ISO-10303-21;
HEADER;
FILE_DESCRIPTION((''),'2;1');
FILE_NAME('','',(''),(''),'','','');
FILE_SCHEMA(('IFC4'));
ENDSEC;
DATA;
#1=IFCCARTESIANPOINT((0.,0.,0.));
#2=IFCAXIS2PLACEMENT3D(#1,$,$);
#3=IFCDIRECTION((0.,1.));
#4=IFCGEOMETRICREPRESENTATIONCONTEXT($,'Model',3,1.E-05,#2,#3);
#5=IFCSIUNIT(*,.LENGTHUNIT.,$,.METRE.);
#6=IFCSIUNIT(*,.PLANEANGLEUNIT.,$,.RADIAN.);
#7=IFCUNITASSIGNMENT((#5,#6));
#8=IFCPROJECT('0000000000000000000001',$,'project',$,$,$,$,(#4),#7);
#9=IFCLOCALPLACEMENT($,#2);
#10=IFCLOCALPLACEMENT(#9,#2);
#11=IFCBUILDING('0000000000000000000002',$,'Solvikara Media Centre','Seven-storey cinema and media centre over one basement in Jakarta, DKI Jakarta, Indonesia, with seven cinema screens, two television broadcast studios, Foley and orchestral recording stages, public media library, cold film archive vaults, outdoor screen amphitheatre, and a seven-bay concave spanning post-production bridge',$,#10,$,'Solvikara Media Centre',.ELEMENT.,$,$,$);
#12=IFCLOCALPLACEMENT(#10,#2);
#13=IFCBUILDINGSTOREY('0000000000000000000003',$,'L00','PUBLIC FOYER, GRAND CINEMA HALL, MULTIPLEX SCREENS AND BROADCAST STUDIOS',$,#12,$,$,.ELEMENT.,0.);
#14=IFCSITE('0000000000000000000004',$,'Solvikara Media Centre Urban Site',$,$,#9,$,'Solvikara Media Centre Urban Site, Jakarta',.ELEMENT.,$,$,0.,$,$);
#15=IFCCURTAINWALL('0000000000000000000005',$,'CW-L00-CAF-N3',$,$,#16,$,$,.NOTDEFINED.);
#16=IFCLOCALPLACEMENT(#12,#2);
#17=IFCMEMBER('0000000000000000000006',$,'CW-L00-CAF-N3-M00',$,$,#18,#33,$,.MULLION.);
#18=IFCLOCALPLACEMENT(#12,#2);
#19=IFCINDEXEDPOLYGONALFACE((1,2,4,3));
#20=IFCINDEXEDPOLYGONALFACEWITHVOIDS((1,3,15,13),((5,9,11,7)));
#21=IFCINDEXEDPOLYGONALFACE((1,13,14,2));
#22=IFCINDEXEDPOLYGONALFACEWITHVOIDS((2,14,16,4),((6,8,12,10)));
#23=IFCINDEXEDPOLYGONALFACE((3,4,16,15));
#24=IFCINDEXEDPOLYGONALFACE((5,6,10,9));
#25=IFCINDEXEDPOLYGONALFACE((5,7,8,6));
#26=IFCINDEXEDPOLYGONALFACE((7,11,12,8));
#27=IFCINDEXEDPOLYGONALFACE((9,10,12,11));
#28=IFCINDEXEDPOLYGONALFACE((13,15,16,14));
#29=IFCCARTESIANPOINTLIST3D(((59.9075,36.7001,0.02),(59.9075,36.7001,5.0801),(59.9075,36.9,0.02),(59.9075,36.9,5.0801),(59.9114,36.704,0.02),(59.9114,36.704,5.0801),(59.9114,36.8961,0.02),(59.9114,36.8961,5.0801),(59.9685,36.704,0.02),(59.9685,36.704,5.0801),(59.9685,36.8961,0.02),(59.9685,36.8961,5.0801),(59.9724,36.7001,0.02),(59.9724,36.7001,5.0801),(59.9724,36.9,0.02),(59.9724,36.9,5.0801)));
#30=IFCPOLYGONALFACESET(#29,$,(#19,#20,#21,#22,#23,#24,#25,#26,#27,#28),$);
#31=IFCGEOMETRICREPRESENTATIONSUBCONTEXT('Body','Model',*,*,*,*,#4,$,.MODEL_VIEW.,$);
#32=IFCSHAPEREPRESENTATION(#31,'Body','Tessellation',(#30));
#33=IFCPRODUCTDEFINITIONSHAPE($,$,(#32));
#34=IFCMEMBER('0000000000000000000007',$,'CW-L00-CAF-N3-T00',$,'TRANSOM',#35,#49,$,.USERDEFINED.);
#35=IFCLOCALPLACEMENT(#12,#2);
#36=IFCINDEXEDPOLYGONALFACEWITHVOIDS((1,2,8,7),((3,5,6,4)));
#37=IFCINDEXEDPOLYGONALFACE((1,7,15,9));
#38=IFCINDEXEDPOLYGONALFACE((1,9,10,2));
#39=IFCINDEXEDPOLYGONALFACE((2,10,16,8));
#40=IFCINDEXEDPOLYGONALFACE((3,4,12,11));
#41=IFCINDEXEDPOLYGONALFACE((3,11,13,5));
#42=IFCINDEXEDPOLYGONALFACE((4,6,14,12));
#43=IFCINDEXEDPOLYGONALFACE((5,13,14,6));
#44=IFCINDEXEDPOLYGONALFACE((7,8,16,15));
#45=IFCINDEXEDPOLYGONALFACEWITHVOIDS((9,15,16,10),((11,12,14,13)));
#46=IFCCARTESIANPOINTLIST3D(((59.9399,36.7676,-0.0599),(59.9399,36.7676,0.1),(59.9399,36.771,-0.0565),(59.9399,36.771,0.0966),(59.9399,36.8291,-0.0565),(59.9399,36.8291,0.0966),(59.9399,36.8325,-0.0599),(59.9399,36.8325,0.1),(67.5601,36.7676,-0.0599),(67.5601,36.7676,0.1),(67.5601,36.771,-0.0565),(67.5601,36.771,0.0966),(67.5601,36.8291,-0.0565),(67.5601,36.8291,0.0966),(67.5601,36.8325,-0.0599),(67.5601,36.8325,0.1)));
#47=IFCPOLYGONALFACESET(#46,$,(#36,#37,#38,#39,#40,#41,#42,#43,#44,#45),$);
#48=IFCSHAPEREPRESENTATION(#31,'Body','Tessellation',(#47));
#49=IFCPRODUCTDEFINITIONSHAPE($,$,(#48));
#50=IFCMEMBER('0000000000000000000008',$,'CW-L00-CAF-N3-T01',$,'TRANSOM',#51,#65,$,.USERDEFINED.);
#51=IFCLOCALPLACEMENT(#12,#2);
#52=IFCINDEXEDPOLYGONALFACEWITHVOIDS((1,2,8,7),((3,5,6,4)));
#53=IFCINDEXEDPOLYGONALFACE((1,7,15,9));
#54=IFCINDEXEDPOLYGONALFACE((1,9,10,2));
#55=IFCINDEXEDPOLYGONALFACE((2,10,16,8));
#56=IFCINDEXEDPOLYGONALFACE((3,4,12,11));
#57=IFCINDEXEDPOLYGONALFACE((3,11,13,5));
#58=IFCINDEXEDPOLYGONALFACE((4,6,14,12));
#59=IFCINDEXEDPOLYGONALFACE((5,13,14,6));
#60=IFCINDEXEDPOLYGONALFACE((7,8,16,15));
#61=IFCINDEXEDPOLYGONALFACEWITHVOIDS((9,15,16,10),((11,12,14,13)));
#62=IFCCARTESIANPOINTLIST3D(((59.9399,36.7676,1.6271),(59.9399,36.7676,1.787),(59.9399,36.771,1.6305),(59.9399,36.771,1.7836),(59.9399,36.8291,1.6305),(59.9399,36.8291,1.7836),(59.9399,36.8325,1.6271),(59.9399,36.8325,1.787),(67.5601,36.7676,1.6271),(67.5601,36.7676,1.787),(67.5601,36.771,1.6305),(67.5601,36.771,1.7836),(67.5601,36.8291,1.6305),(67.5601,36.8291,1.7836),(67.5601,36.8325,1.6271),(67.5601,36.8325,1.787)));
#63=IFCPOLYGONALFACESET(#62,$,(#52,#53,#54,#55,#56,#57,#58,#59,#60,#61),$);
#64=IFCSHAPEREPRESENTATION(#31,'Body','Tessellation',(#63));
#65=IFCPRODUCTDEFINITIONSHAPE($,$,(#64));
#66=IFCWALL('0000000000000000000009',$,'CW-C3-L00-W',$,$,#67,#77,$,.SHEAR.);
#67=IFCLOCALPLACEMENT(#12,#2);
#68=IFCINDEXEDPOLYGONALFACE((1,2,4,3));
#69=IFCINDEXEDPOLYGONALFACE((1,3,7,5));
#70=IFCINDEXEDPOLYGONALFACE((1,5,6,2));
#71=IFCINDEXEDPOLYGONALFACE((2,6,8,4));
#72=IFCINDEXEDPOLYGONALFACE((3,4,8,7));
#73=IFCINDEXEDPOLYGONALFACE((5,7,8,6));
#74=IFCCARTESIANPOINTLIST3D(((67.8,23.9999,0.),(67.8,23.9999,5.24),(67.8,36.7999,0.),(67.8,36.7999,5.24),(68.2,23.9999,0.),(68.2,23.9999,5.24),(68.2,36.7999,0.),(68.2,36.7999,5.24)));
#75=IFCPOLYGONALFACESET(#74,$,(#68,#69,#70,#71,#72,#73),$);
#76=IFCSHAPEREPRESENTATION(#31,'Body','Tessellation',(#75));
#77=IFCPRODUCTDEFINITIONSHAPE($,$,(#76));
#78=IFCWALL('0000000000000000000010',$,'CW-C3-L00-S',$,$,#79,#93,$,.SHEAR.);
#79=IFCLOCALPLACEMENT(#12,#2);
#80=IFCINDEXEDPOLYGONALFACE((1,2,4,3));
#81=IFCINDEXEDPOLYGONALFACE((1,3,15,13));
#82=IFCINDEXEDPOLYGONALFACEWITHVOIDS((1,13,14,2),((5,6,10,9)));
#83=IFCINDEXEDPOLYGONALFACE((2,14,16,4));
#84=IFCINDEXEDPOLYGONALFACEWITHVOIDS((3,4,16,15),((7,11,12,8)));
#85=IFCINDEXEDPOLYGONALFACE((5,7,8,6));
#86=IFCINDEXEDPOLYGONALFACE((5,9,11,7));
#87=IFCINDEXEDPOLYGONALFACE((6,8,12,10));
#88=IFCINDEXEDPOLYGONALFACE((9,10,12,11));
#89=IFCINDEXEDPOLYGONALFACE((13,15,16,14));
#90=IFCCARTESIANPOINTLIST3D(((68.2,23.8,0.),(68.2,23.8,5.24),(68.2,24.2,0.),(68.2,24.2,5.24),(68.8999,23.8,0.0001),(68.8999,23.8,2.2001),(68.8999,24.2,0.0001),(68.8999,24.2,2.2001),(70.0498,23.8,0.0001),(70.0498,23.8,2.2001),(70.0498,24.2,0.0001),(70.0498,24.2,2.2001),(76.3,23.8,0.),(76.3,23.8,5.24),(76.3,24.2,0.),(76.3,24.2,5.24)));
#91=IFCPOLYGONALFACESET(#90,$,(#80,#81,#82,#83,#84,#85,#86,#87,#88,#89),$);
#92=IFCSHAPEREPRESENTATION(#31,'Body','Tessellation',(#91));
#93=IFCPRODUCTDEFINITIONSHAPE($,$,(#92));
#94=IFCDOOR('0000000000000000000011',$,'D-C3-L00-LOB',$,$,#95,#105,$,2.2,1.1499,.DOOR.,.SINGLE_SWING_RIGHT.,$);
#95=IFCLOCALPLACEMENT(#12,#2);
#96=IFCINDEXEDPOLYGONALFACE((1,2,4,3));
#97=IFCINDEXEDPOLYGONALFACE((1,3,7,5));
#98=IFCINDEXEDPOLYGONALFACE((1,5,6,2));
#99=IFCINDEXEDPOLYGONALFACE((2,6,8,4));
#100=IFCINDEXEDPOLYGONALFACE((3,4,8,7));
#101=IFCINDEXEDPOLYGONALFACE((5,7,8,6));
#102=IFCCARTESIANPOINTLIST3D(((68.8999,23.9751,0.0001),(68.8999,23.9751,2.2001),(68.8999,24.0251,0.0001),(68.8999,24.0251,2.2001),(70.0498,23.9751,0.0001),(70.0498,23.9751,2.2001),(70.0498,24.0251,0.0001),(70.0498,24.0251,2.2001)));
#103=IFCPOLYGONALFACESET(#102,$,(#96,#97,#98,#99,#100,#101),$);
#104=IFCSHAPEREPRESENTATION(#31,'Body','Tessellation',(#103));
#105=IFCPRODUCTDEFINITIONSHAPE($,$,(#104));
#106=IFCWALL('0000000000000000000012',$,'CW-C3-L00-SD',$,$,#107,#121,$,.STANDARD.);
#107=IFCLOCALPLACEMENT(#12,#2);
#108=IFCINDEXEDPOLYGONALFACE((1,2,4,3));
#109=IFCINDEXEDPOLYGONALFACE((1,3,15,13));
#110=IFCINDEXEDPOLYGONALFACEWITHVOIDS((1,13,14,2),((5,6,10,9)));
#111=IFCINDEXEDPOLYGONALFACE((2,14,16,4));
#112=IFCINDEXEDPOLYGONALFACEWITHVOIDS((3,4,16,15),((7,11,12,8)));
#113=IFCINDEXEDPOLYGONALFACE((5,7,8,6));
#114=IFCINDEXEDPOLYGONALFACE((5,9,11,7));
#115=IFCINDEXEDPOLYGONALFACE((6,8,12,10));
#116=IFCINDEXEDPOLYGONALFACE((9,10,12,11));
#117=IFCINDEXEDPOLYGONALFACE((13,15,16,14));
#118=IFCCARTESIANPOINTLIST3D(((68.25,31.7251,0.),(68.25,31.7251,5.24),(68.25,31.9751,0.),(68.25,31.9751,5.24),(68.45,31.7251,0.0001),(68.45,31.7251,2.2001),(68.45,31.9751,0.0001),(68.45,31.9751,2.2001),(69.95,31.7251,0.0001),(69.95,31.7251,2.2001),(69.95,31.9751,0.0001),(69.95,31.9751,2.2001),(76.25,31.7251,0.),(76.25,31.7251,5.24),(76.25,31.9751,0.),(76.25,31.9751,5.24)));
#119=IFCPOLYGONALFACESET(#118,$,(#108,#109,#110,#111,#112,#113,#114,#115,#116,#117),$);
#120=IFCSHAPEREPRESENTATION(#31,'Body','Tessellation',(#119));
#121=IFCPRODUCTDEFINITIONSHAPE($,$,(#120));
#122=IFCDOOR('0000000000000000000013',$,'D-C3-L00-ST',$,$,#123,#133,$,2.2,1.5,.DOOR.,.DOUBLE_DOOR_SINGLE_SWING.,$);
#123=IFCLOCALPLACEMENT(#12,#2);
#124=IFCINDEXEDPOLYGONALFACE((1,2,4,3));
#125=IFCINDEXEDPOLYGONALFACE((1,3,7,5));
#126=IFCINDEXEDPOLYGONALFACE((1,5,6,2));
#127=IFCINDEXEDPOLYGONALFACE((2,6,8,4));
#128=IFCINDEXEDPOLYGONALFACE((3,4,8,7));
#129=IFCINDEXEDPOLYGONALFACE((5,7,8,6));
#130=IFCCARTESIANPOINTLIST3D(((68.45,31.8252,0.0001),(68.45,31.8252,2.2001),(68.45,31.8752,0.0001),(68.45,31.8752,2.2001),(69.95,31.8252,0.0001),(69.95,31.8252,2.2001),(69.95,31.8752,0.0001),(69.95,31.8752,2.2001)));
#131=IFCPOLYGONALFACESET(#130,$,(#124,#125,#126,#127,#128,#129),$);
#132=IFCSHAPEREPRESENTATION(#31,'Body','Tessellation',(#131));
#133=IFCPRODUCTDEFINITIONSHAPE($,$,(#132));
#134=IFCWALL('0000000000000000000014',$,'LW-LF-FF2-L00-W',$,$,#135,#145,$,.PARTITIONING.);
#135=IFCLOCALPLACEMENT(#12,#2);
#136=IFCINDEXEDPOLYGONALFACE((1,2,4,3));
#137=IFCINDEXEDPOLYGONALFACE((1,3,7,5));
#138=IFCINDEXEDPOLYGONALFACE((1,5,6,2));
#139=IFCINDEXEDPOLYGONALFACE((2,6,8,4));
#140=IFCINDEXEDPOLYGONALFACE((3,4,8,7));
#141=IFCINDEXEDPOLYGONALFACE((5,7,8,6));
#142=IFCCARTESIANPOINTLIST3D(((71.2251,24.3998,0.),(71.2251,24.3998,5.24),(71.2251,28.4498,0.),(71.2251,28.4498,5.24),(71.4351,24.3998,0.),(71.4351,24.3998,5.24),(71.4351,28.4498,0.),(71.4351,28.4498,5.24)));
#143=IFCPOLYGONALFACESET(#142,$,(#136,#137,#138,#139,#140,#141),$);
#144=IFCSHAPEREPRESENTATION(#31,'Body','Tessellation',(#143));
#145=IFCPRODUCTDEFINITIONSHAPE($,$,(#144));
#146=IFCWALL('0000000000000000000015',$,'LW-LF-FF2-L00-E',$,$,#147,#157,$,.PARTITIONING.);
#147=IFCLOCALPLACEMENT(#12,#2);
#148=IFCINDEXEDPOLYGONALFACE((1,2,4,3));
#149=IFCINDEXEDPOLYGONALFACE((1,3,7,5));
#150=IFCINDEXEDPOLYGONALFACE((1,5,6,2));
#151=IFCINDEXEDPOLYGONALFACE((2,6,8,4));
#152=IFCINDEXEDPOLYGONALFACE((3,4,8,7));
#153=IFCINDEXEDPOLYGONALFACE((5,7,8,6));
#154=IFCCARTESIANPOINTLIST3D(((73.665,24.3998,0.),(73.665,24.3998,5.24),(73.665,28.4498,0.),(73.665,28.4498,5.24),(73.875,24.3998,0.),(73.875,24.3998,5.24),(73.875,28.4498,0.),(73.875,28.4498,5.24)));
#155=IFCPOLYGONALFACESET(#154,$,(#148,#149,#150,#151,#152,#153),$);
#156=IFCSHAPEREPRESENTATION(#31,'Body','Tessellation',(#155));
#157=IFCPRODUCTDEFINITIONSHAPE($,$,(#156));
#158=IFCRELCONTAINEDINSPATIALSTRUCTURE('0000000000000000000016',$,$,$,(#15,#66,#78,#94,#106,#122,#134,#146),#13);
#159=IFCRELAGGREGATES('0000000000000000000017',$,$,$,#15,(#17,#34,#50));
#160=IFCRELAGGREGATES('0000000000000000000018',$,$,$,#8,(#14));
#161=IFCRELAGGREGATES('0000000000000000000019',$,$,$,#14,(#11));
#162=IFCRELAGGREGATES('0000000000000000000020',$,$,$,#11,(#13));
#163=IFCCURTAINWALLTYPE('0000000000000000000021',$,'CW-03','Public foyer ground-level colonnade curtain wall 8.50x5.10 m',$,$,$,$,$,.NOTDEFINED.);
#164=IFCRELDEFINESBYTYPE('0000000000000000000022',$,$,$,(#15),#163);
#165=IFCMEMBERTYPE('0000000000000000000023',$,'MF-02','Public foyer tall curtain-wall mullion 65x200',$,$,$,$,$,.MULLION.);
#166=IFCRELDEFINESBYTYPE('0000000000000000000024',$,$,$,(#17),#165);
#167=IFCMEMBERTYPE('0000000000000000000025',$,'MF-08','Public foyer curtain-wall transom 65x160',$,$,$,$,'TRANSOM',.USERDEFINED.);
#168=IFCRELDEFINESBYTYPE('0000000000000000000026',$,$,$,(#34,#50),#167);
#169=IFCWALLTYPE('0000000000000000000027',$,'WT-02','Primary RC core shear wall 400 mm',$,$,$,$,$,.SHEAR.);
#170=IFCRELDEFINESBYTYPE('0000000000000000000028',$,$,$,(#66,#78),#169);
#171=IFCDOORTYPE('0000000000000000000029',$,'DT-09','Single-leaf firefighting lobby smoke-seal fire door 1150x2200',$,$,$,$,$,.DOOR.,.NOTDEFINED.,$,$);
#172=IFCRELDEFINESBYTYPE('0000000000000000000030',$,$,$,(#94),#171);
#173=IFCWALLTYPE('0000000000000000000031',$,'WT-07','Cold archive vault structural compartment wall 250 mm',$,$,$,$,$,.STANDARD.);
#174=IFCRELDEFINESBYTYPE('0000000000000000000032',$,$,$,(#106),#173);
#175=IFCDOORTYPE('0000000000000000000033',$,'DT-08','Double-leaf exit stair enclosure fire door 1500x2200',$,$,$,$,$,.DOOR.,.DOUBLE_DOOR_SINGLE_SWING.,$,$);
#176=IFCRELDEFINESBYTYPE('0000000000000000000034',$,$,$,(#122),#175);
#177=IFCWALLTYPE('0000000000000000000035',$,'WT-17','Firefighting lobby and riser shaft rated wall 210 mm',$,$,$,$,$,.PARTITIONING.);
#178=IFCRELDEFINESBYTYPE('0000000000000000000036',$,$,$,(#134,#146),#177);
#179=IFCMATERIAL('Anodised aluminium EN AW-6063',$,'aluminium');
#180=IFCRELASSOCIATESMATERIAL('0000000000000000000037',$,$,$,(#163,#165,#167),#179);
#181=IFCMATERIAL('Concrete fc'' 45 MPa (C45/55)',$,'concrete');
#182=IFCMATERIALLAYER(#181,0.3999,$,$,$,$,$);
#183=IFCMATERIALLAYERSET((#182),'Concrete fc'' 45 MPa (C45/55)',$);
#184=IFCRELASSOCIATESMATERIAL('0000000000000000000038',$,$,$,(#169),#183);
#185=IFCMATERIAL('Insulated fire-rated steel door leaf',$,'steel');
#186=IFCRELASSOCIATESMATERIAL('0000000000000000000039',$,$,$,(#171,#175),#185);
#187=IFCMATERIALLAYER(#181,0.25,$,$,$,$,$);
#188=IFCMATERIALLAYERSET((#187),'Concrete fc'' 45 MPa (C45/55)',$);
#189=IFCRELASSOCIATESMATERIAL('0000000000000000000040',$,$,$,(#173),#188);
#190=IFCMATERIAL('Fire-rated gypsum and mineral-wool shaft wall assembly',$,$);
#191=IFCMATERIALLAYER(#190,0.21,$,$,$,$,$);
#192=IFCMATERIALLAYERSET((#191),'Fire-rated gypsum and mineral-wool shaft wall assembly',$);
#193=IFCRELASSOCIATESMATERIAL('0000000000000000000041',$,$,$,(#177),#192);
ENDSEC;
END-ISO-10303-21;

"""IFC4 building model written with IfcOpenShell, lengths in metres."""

from ifc_helpers import new_model, si_unit, direction, frame, frame_2d, origin, origin_2d, place, context, subcontext, project, spatial, rectangle, hollow_rectangle, extrude, material, layer, layer_set, material_profile, profile_set, type_object, element, fill, aggregate, save


model = new_model("IFC4")

# Units and contexts
model_context = context("Model", 3, precision=1e-05, world=origin(), true_north=direction((0.0, 1.0)))
body_context = subcontext(model_context, "Body", "Model", "MODEL_VIEW")
ifc_project = project(units=[si_unit("LENGTHUNIT", "METRE"), si_unit("PLANEANGLEUNIT", "RADIAN")], contexts=[model_context])

# Site, building, storey
site_placement = place(None, origin())
site = spatial("IfcSite", under=ifc_project, at=site_placement, Name="Solvikara Media Centre Urban Site", LongName="Solvikara Media Centre Urban Site, Jakarta", CompositionType="ELEMENT", RefElevation=0.0)
building_placement = place(site_placement, origin())
building = spatial("IfcBuilding", under=site, at=building_placement, Name="Solvikara Media Centre", Description="Seven-storey cinema and media centre over one basement in Jakarta, DKI Jakarta, Indonesia, with seven cinema screens, two television broadcast studios, Foley and orchestral recording stages, public media library, cold film archive vaults, outdoor screen amphitheatre, and a seven-bay concave spanning post-production bridge", LongName="Solvikara Media Centre", CompositionType="ELEMENT")
storey_placement = place(building_placement, origin())
storey = spatial("IfcBuildingStorey", under=building, at=storey_placement, Name="L00", Description="PUBLIC FOYER, GRAND CINEMA HALL, MULTIPLEX SCREENS AND BROADCAST STUDIOS", CompositionType="ELEMENT", Elevation=0.0)

# Shared definitions
ifc_material_1 = material(Name="Concrete fc' 45 MPa (C45/55)", Category="concrete")

# Shared definitions
ifc_material_2 = material(Name="Anodised aluminium EN AW-6063", Category="aluminium")
curtain_wall_type = type_object("IfcCurtainWallType", Name="CW-03", Description="Public foyer ground-level colonnade curtain wall 8.50x5.10 m", PredefinedType="NOTDEFINED", material=ifc_material_2)
ifc_material_profile_1 = material_profile(ifc_material_2, hollow_rectangle(XDim=0.0649, YDim=0.2, WallThickness=0.0039, at=origin_2d()), Name="ALU-M 65x200x4")
ifc_profile_set_1 = profile_set([ifc_material_profile_1], Name="Anodised aluminium EN AW-6063")
member_type_1 = type_object("IfcMemberType", Name="MF-02", Description="Public foyer tall curtain-wall mullion 65x200", PredefinedType="MULLION", material=ifc_profile_set_1)

# Curtain wall, members
curtain_wall_1_placement = place(storey_placement, origin())
curtain_wall_1 = element("IfcCurtainWall", 1, at=curtain_wall_1_placement, inside=storey, type_object=curtain_wall_type, Name="CW-L00-CAF-N3", PredefinedType="NOTDEFINED")
member_1_placement = place(storey_placement, frame((59.9399, 36.8, 0.02), z_axis=(0.0, 0.0, 1.0), x_axis=(1.0, 0.0, 0.0)))
member_1 = element("IfcMember", 2, at=member_1_placement, type_object=member_type_1, Name="CW-L00-CAF-N3-M00", PredefinedType="MULLION", context=body_context, shape_type="SweptSolid", body=[
    extrude(hollow_rectangle(XDim=0.0649, YDim=0.2, WallThickness=0.0039, at=origin_2d()), origin(), (0.0, 0.0, 1.0), 5.0601),
])
ifc_material_profile_2 = material_profile(ifc_material_2, hollow_rectangle(XDim=0.0649, YDim=0.1599, WallThickness=0.0034, at=origin_2d()), Name="ALU-T 65x160x3.5")
ifc_profile_set_2 = profile_set([ifc_material_profile_2], Name="Anodised aluminium EN AW-6063")
member_type_2 = type_object("IfcMemberType", Name="MF-08", Description="Public foyer curtain-wall transom 65x160", ElementType="TRANSOM", PredefinedType="USERDEFINED", material=ifc_profile_set_2)
member_2_placement = place(storey_placement, frame((59.9399, 36.8, 0.02), z_axis=(1.0, 0.0, 0.0), x_axis=(0.0, 1.0, 0.0)))
member_2 = element("IfcMember", 3, at=member_2_placement, type_object=member_type_2, Name="CW-L00-CAF-N3-T00", ObjectType="TRANSOM", PredefinedType="USERDEFINED", context=body_context, shape_type="SweptSolid", body=[
    extrude(hollow_rectangle(XDim=0.0649, YDim=0.1599, WallThickness=0.0034, at=origin_2d()), origin(), (0.0, 0.0, 1.0), 7.6201),
])
member_3_placement = place(storey_placement, frame((59.9399, 36.8, 1.707), z_axis=(1.0, 0.0, 0.0), x_axis=(0.0, 1.0, 0.0)))
member_3 = element("IfcMember", 4, at=member_3_placement, type_object=member_type_2, Name="CW-L00-CAF-N3-T01", ObjectType="TRANSOM", PredefinedType="USERDEFINED", context=body_context, shape_type="SweptSolid", body=[
    extrude(hollow_rectangle(XDim=0.0649, YDim=0.1599, WallThickness=0.0034, at=origin_2d()), origin(), (0.0, 0.0, 1.0), 7.6201),
])
aggregate(curtain_wall_1, [member_1, member_2, member_3])

# Wall
ifc_layer_1 = layer(ifc_material_1, 0.3999)
ifc_layer_set_1 = layer_set([ifc_layer_1], Name="Concrete fc' 45 MPa (C45/55)")
wall_type_1 = type_object("IfcWallType", Name="WT-02", Description="Primary RC core shear wall 400 mm", PredefinedType="SHEAR", material=ifc_layer_set_1)
wall_1_placement = place(storey_placement, frame((68.0, 24.0, 0.0), z_axis=(0.0, 0.0, 1.0), x_axis=(0.0, 1.0, 0.0)))
element("IfcWall", 5, at=wall_1_placement, inside=storey, type_object=wall_type_1, Name="CW-C3-L00-W", PredefinedType="SHEAR", context=body_context, shape_type="SweptSolid", body=[
    extrude(rectangle(XDim=12.8, YDim=0.3999, at=frame_2d((6.3999, 0.0))), origin(), (0.0, 0.0, 1.0), 5.24),
])

# Walls, openings, doors
wall_2_placement = place(storey_placement, frame((68.2, 24.0, 0.0), z_axis=(0.0, 0.0, 1.0), x_axis=(1.0, 0.0, 0.0)))
wall_2 = element("IfcWall", 6, at=wall_2_placement, inside=storey, type_object=wall_type_1, Name="CW-C3-L00-S", PredefinedType="SHEAR", context=body_context, shape_type="SweptSolid", body=[
    extrude(rectangle(XDim=8.1001, YDim=0.3999, at=frame_2d((4.05, 0.0))), origin(), (0.0, 0.0, 1.0), 5.24),
])
opening_1_placement = place(wall_2_placement, frame((0.7, 0.0, 0.0)))
opening_1 = element("IfcOpeningElement", 7, at=opening_1_placement, cuts=wall_2, PredefinedType="OPENING", context=body_context, shape_type="SweptSolid", body=[
    extrude(rectangle(XDim=1.1499, YDim=2.2, at=frame_2d((0.575, 1.1001))), frame((0.0, 0.2119, 0.0), z_axis=(0.0, -1.0, 0.0), x_axis=(1.0, 0.0, 0.0)), (0.0, 0.0, 1.0), 0.4238),
])
ifc_material_3 = material(Name="Insulated fire-rated steel door leaf", Category="steel")
door_type_1 = type_object("IfcDoorType", Name="DT-09", Description="Single-leaf firefighting lobby smoke-seal fire door 1150x2200", OperationType="NOTDEFINED", PredefinedType="DOOR", material=ifc_material_3)
door_1_placement = place(opening_1_placement, frame((1.1499, 0.0, 0.0), z_axis=(0.0, 0.0, 1.0), x_axis=(-1.0, 0.0, 0.0)))
door_1 = element("IfcDoor", 8, at=door_1_placement, inside=storey, type_object=door_type_1, Name="D-C3-L00-LOB", OperationType="SINGLE_SWING_RIGHT", OverallHeight=2.2, OverallWidth=1.1499, PredefinedType="DOOR", context=body_context, shape_type="SweptSolid", body=[
    extrude(rectangle(XDim=1.1499, YDim=2.2, at=frame_2d((0.575, 1.1001))), frame((0.0, 0.0249, 0.0), z_axis=(0.0, -1.0, 0.0), x_axis=(1.0, 0.0, 0.0)), (0.0, 0.0, 1.0), 0.05),
])
fill(opening_1, door_1)
ifc_layer_2 = layer(ifc_material_1, 0.25)
ifc_layer_set_2 = layer_set([ifc_layer_2], Name="Concrete fc' 45 MPa (C45/55)")
wall_type_2 = type_object("IfcWallType", Name="WT-07", Description="Cold archive vault structural compartment wall 250 mm", PredefinedType="STANDARD", material=ifc_layer_set_2)
wall_3_placement = place(storey_placement, frame((68.25, 31.8501, 0.0), z_axis=(0.0, 0.0, 1.0), x_axis=(1.0, 0.0, 0.0)))
wall_3 = element("IfcWall", 9, at=wall_3_placement, inside=storey, type_object=wall_type_2, Name="CW-C3-L00-SD", PredefinedType="STANDARD", context=body_context, shape_type="SweptSolid", body=[
    extrude(rectangle(XDim=8.0, YDim=0.25, at=frame_2d((4.0, 0.0))), origin(), (0.0, 0.0, 1.0), 5.24),
])
opening_2_placement = place(wall_3_placement, frame((0.2, 0.0, 0.0)))
opening_2 = element("IfcOpeningElement", 10, at=opening_2_placement, cuts=wall_3, PredefinedType="OPENING", context=body_context, shape_type="SweptSolid", body=[
    extrude(rectangle(XDim=1.5, YDim=2.2, at=frame_2d((0.75, 1.1001))), frame((0.0, 0.137, 0.0), z_axis=(0.0, -1.0, 0.0), x_axis=(1.0, 0.0, 0.0)), (0.0, 0.0, 1.0), 0.2739),
])
door_type_2 = type_object("IfcDoorType", Name="DT-08", Description="Double-leaf exit stair enclosure fire door 1500x2200", OperationType="DOUBLE_DOOR_SINGLE_SWING", PredefinedType="DOOR", material=ifc_material_3)
door_2_placement = place(opening_2_placement, frame((1.5, 0.0, 0.0), z_axis=(0.0, 0.0, 1.0), x_axis=(-1.0, 0.0, 0.0)))
door_2 = element("IfcDoor", 11, at=door_2_placement, inside=storey, type_object=door_type_2, Name="D-C3-L00-ST", OperationType="DOUBLE_DOOR_SINGLE_SWING", OverallHeight=2.2, OverallWidth=1.5, PredefinedType="DOOR", context=body_context, shape_type="SweptSolid", body=[
    extrude(rectangle(XDim=1.5, YDim=2.2, at=frame_2d((0.75, 1.1001))), frame((0.0, 0.0249, 0.0), z_axis=(0.0, -1.0, 0.0), x_axis=(1.0, 0.0, 0.0)), (0.0, 0.0, 1.0), 0.05),
])
fill(opening_2, door_2)

# Walls
ifc_material_4 = material(Name="Fire-rated gypsum and mineral-wool shaft wall assembly")
ifc_layer_3 = layer(ifc_material_4, 0.21)
ifc_layer_set_3 = layer_set([ifc_layer_3], Name="Fire-rated gypsum and mineral-wool shaft wall assembly")
wall_type_3 = type_object("IfcWallType", Name="WT-17", Description="Firefighting lobby and riser shaft rated wall 210 mm", PredefinedType="PARTITIONING", material=ifc_layer_set_3)
for number, where, z_axis, x_axis, name in (
    (12, (71.3301, 24.3999, 0.0), (0.0, 0.0, 1.0), (0.0, 1.0, 0.0), "LW-LF-FF2-L00-W"),
    (13, (73.77, 24.3999, 0.0), (0.0, 0.0, 1.0), (0.0, 1.0, 0.0), "LW-LF-FF2-L00-E"),
):
    element("IfcWall", number, at=place(storey_placement, frame(where, z_axis=z_axis, x_axis=x_axis)), inside=storey, type_object=wall_type_3, Name=name, PredefinedType="PARTITIONING", context=body_context, shape_type="SweptSolid", body=[
        extrude(rectangle(XDim=4.05, YDim=0.21, at=frame_2d((2.0249, 0.0))), origin(), (0.0, 0.0, 1.0), 5.24),
    ])

save(model, "model.ifc")
